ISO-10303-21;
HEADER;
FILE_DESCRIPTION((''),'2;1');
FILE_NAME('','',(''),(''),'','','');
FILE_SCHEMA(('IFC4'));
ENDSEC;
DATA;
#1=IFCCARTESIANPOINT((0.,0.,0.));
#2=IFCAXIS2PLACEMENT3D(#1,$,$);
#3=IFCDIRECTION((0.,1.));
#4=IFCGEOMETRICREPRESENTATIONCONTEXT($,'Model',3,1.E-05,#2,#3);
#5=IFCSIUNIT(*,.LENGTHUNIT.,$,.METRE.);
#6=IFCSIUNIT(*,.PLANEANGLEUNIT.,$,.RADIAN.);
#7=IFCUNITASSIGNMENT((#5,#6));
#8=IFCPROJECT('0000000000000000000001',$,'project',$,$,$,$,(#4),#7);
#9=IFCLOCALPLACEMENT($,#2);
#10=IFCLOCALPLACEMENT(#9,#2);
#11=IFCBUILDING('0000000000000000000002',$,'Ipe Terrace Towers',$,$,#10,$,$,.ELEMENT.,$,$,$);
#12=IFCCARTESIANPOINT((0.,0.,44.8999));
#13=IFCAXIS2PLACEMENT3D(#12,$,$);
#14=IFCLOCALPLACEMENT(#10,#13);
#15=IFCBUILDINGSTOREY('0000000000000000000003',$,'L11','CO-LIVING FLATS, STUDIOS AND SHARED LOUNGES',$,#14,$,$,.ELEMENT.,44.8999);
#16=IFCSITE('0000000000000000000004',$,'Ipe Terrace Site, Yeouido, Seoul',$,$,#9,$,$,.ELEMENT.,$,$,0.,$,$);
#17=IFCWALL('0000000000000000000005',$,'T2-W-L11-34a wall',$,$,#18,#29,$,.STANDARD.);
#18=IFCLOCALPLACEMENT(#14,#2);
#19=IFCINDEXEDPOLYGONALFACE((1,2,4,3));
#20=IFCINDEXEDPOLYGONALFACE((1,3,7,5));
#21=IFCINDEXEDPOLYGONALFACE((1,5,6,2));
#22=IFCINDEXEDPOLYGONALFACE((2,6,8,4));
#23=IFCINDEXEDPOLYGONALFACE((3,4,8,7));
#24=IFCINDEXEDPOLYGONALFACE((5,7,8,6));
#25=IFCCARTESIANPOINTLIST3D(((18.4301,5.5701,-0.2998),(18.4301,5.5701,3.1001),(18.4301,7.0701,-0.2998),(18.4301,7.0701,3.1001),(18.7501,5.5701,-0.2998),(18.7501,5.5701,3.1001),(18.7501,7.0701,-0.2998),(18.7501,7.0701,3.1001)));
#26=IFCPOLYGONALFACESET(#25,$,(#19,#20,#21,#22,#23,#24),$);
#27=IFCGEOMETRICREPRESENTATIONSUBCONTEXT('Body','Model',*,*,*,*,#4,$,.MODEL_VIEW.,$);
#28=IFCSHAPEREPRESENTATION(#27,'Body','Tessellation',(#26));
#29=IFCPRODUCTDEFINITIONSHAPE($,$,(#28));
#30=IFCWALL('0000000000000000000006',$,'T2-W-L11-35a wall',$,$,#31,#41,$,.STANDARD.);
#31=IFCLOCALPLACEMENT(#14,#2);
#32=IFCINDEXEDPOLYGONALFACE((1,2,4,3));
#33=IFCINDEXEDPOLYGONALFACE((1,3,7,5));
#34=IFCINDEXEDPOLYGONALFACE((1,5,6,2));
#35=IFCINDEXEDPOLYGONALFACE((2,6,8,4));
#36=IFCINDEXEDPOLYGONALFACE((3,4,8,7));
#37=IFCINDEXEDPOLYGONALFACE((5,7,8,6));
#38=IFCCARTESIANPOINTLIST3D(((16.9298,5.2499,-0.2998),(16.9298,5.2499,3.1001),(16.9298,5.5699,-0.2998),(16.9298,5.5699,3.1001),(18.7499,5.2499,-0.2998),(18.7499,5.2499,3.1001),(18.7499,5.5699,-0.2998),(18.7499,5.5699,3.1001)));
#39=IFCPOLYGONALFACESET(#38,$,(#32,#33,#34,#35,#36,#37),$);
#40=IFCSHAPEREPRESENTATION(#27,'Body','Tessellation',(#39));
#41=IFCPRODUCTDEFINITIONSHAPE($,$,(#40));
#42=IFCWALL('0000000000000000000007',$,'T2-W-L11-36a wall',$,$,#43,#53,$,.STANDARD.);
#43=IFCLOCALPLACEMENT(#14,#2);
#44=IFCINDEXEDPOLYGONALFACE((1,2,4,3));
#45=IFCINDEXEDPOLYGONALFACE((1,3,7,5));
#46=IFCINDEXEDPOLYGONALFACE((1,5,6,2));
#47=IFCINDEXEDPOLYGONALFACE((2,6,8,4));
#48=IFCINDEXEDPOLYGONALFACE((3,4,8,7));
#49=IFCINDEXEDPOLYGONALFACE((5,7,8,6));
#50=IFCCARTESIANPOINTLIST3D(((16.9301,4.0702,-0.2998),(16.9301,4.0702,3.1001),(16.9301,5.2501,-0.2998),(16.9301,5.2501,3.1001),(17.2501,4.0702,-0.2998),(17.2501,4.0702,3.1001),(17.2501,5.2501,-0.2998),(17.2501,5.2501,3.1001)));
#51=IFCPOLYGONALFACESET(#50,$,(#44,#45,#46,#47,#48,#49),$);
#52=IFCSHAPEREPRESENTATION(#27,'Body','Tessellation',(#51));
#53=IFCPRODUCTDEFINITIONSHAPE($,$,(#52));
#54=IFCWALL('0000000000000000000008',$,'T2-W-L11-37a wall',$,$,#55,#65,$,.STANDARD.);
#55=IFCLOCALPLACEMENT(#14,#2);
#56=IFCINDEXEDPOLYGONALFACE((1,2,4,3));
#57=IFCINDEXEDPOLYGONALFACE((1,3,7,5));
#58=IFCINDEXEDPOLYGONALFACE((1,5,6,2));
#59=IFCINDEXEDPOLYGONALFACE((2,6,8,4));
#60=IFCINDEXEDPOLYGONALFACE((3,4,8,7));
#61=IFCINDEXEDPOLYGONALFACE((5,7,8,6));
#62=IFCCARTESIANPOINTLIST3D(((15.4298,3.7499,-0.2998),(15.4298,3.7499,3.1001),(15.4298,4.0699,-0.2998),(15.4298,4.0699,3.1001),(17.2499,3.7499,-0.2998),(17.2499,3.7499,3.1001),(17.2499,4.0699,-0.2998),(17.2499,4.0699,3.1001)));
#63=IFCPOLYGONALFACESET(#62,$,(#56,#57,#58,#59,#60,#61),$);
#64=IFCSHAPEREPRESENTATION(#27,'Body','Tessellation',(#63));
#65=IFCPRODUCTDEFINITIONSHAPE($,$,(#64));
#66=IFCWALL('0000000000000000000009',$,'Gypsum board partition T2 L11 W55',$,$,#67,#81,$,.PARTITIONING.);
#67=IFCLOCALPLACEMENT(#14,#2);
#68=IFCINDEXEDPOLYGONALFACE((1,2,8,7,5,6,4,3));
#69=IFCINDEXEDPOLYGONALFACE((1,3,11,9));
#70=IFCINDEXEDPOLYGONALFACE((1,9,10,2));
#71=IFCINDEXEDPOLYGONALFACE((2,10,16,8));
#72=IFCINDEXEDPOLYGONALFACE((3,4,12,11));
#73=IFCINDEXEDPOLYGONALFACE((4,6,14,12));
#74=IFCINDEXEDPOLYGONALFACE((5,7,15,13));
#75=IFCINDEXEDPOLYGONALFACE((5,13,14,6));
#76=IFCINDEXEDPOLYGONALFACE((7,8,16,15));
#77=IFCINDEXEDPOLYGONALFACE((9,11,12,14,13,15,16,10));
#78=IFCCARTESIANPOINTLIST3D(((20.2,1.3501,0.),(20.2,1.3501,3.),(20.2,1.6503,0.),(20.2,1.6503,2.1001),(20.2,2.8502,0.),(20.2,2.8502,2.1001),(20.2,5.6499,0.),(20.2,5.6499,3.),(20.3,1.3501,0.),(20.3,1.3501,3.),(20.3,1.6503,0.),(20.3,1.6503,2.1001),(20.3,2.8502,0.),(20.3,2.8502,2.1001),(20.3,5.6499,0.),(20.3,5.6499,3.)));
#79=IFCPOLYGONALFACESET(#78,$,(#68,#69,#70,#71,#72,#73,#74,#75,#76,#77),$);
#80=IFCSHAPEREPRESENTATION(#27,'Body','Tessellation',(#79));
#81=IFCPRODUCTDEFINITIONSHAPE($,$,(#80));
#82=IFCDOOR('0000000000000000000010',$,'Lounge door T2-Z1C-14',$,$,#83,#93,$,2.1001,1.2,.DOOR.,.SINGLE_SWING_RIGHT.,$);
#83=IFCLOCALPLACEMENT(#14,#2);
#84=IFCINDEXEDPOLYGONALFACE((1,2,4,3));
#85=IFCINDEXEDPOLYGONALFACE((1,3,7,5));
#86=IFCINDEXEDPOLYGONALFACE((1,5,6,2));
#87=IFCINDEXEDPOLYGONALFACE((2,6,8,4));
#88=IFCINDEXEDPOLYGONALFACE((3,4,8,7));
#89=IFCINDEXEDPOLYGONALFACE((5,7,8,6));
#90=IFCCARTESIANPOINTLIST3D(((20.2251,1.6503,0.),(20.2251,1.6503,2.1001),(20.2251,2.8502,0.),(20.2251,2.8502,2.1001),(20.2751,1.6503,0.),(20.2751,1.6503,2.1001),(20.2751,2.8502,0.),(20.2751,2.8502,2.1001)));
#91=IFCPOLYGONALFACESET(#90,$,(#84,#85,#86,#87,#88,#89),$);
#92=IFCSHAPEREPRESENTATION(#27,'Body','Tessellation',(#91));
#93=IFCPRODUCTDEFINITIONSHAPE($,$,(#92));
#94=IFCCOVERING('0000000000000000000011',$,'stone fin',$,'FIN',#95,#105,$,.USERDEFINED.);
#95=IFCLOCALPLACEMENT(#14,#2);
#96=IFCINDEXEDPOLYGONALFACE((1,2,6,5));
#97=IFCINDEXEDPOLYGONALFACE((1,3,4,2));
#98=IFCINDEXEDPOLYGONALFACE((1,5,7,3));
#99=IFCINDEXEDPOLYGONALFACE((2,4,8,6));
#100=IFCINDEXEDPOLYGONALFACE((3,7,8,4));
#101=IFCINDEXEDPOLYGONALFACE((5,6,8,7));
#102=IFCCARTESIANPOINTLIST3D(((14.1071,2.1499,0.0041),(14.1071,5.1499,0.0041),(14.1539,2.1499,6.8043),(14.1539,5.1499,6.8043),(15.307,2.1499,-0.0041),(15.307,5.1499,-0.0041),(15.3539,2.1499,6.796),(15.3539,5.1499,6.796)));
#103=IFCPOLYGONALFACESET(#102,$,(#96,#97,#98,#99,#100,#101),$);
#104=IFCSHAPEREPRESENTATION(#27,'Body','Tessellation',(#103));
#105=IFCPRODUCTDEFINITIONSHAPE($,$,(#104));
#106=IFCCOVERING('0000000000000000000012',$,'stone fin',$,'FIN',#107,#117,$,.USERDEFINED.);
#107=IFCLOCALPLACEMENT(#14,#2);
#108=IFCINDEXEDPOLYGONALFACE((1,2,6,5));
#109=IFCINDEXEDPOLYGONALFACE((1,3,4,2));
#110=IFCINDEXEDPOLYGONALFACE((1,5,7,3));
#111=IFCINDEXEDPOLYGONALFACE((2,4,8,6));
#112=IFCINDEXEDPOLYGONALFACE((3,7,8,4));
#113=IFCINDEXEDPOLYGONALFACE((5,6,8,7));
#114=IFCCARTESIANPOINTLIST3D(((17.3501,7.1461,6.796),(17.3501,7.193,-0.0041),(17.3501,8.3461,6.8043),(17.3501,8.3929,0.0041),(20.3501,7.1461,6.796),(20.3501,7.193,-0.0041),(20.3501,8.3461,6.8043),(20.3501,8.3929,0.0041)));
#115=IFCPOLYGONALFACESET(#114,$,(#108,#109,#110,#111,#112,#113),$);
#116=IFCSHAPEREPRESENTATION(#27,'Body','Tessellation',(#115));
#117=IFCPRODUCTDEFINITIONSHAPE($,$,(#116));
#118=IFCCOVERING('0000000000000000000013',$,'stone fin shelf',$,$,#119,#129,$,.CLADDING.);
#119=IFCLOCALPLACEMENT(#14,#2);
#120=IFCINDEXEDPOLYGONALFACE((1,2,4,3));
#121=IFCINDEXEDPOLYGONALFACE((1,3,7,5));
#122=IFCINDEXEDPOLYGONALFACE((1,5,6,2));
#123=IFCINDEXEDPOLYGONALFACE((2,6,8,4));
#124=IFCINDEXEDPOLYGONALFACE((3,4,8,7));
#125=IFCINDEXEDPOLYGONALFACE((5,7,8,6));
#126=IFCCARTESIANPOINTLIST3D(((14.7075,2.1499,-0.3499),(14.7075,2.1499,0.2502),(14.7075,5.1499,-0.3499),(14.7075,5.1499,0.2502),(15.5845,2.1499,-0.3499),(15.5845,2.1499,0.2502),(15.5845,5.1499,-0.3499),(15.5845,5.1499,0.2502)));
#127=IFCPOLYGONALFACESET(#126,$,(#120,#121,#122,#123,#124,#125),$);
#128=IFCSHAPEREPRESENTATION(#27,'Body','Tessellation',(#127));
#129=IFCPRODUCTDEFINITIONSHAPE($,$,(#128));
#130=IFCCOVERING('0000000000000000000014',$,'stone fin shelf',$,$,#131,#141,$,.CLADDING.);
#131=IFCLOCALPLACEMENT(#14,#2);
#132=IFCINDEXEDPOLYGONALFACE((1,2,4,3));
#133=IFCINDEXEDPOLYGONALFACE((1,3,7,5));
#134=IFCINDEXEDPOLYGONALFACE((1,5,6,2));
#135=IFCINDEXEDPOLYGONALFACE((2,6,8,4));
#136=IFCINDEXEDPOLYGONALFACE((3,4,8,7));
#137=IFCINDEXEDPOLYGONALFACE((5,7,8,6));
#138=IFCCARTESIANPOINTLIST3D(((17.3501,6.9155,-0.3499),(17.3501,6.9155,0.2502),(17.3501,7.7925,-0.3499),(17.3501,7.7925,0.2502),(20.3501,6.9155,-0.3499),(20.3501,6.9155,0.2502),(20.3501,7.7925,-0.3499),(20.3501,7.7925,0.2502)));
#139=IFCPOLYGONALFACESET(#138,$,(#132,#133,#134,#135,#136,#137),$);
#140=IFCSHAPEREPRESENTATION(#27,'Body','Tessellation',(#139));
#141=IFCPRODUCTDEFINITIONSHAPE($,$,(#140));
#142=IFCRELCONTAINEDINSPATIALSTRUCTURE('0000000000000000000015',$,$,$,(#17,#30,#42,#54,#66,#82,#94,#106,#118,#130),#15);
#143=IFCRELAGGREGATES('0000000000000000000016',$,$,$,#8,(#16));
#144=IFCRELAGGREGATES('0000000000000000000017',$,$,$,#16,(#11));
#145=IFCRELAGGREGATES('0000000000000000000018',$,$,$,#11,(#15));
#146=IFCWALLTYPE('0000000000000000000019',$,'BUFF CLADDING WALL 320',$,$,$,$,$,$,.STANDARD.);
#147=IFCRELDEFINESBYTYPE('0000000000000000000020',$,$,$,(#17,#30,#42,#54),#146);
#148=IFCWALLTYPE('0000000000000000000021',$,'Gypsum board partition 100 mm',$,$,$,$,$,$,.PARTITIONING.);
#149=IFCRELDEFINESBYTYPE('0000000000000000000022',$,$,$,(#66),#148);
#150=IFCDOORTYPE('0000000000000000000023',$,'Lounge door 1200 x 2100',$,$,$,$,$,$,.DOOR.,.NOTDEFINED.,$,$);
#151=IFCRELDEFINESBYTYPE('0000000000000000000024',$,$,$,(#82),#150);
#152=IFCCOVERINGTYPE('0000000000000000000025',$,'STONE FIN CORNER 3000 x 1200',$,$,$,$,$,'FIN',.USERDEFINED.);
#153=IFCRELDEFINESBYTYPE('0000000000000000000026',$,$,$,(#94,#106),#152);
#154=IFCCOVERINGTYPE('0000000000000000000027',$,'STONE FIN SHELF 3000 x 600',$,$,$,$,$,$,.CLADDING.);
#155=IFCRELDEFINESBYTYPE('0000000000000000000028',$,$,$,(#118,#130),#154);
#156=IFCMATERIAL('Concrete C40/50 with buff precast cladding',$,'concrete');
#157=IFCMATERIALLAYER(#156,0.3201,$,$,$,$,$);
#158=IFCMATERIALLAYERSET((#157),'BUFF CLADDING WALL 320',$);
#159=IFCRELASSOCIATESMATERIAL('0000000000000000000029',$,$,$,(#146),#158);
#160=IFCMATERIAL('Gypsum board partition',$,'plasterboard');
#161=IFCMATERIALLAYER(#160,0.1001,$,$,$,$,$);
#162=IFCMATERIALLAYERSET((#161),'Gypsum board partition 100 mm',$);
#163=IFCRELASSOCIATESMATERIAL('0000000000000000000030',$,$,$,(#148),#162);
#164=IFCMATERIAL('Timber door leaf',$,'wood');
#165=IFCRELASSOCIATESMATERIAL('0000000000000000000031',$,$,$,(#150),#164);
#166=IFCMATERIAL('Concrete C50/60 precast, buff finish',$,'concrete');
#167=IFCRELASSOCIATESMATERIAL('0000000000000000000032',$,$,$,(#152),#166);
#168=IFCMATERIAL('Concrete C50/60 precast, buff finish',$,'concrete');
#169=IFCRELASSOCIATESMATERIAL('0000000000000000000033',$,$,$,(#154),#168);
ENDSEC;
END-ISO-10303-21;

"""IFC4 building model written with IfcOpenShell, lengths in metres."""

from ifc_helpers import new_model, si_unit, direction, frame, frame_2d, origin, origin_2d, place, context, subcontext, project, spatial, rectangle, extrude, material, layer, layer_set, material_profile, profile_set, type_object, element, fill, save


model = new_model("IFC4")

# Units and contexts
model_context = context("Model", 3, precision=1e-05, world=origin(), true_north=direction((0.0, 1.0)))
body_context = subcontext(model_context, "Body", "Model", "MODEL_VIEW")
ifc_project = project(units=[si_unit("LENGTHUNIT", "METRE"), si_unit("PLANEANGLEUNIT", "RADIAN")], contexts=[model_context])

# Site, building, storey
site_placement = place(None, origin())
site = spatial("IfcSite", under=ifc_project, at=site_placement, Name="Ipe Terrace Site, Yeouido, Seoul", CompositionType="ELEMENT", RefElevation=0.0)
building_placement = place(site_placement, origin())
building = spatial("IfcBuilding", under=site, at=building_placement, Name="Ipe Terrace Towers", CompositionType="ELEMENT")
storey_placement = place(building_placement, frame((0.0, 0.0, 44.8999)))
storey = spatial("IfcBuildingStorey", under=building, at=storey_placement, Name="L11", Description="CO-LIVING FLATS, STUDIOS AND SHARED LOUNGES", CompositionType="ELEMENT", Elevation=44.8999)

# Walls
ifc_material_1 = material(Name="Concrete C40/50 with buff precast cladding", Category="concrete")
ifc_layer_1 = layer(ifc_material_1, 0.3201)
ifc_layer_set_1 = layer_set([ifc_layer_1], Name="BUFF CLADDING WALL 320")
wall_type_1 = type_object("IfcWallType", Name="BUFF CLADDING WALL 320", PredefinedType="STANDARD", material=ifc_layer_set_1)
wall_1_placement = place(storey_placement, frame((18.5901, 7.0701, -0.2998), z_axis=(0.0, 0.0, 1.0), x_axis=(0.0, -1.0, 0.0)))
element("IfcWall", 1, at=wall_1_placement, inside=storey, type_object=wall_type_1, Name="T2-W-L11-34a wall", PredefinedType="STANDARD", context=body_context, shape_type="SweptSolid", body=[
    extrude(rectangle(XDim=1.5, YDim=0.3201, at=frame_2d((0.75, 0.0))), origin(), (0.0, 0.0, 1.0), 3.3999),
])
wall_2_placement = place(storey_placement, frame((18.75, 5.4099, -0.2998), z_axis=(0.0, 0.0, 1.0), x_axis=(-1.0, 0.0, 0.0)))
element("IfcWall", 2, at=wall_2_placement, inside=storey, type_object=wall_type_1, Name="T2-W-L11-35a wall", PredefinedType="STANDARD", context=body_context, shape_type="SweptSolid", body=[
    extrude(rectangle(XDim=1.8201, YDim=0.3201, at=frame_2d((0.9102, 0.0))), origin(), (0.0, 0.0, 1.0), 3.3999),
])
wall_3_placement = place(storey_placement, frame((17.0901, 5.25, -0.2998), z_axis=(0.0, 0.0, 1.0), x_axis=(0.0, -1.0, 0.0)))
element("IfcWall", 3, at=wall_3_placement, inside=storey, type_object=wall_type_1, Name="T2-W-L11-36a wall", PredefinedType="STANDARD", context=body_context, shape_type="SweptSolid", body=[
    extrude(rectangle(XDim=1.1799, YDim=0.3201, at=frame_2d((0.5898, 0.0))), origin(), (0.0, 0.0, 1.0), 3.3999),
])
wall_4_placement = place(storey_placement, frame((17.25, 3.9099, -0.2998), z_axis=(0.0, 0.0, 1.0), x_axis=(-1.0, 0.0, 0.0)))
element("IfcWall", 4, at=wall_4_placement, inside=storey, type_object=wall_type_1, Name="T2-W-L11-37a wall", PredefinedType="STANDARD", context=body_context, shape_type="SweptSolid", body=[
    extrude(rectangle(XDim=1.8201, YDim=0.3201, at=frame_2d((0.9102, 0.0))), origin(), (0.0, 0.0, 1.0), 3.3999),
])

# Wall, opening, door
ifc_material_2 = material(Name="Gypsum board partition", Category="plasterboard")
ifc_layer_2 = layer(ifc_material_2, 0.1001)
ifc_layer_set_2 = layer_set([ifc_layer_2], Name="Gypsum board partition 100 mm")
wall_type_2 = type_object("IfcWallType", Name="Gypsum board partition 100 mm", PredefinedType="PARTITIONING", material=ifc_layer_set_2)
wall_5_placement = place(storey_placement, frame((20.25, 1.3501, 0.0), z_axis=(0.0, 0.0, 1.0), x_axis=(0.0, 1.0, 0.0)))
wall_5 = element("IfcWall", 5, at=wall_5_placement, inside=storey, type_object=wall_type_2, Name="Gypsum board partition T2 L11 W55", PredefinedType="PARTITIONING", context=body_context, shape_type="SweptSolid", body=[
    extrude(rectangle(XDim=4.2998, YDim=0.1001, at=frame_2d((2.1499, 0.0))), origin(), (0.0, 0.0, 1.0), 3.0),
])
opening_placement = place(wall_5_placement, frame((0.3, 0.0, 0.0)))
opening = element("IfcOpeningElement", 6, at=opening_placement, cuts=wall_5, PredefinedType="OPENING", context=body_context, shape_type="SweptSolid", body=[
    extrude(rectangle(XDim=1.2, YDim=2.1001, at=frame_2d((0.6001, 1.05))), frame((0.0, 0.0601, 0.0), z_axis=(0.0, -1.0, 0.0), x_axis=(1.0, 0.0, 0.0)), (0.0, 0.0, 1.0), 0.1201),
])
ifc_material_3 = material(Name="Timber door leaf", Category="wood")
door_type = type_object("IfcDoorType", Name="Lounge door 1200 x 2100", OperationType="NOTDEFINED", PredefinedType="DOOR", material=ifc_material_3)
door_placement = place(opening_placement, origin())
door = element("IfcDoor", 7, at=door_placement, inside=storey, type_object=door_type, Name="Lounge door T2-Z1C-14", OperationType="SINGLE_SWING_RIGHT", OverallHeight=2.1001, OverallWidth=1.2, PredefinedType="DOOR", context=body_context, shape_type="SweptSolid", body=[
    extrude(rectangle(XDim=1.2, YDim=2.1001, at=frame_2d((0.6001, 1.05))), frame((0.0, 0.0249, 0.0), z_axis=(0.0, -1.0, 0.0), x_axis=(1.0, 0.0, 0.0)), (0.0, 0.0, 1.0), 0.05),
])
fill(opening, door)

# Coverings
ifc_material_4 = material(Name="Concrete C50/60 precast, buff finish", Category="concrete")
ifc_material_profile_1 = material_profile(ifc_material_4, rectangle(XDim=3.0, YDim=1.2, at=origin_2d()), Name="STONE FIN CORNER 3000 x 1200")
ifc_profile_set_1 = profile_set([ifc_material_profile_1], Name="Concrete C50/60 precast, buff finish")
covering_type_1 = type_object("IfcCoveringType", Name="STONE FIN CORNER 3000 x 1200", ElementType="FIN", PredefinedType="USERDEFINED", material=ifc_profile_set_1)
for number, where, z_axis, x_axis, name in (
    (8, (14.707, 3.6499, 0.0), (0.006893, 0.0, 0.999976), (0.0, -1.0, 0.0), "stone fin"),
    (9, (18.8501, 7.793, 0.0), (0.0, -0.006893, 0.999976), (-1.0, 0.0, 0.0), "stone fin"),
):
    element("IfcCovering", number, at=place(storey_placement, frame(where, z_axis=z_axis, x_axis=x_axis)), inside=storey, type_object=covering_type_1, Name=name, ObjectType="FIN", PredefinedType="USERDEFINED", context=body_context, shape_type="SweptSolid", body=[
        extrude(rectangle(XDim=3.0, YDim=1.2, at=origin_2d()), origin(), (0.0, 0.0, 1.0), 6.8003),
    ])
ifc_material_5 = material(Name="Concrete C50/60 precast, buff finish", Category="concrete")
covering_type_2 = type_object("IfcCoveringType", Name="STONE FIN SHELF 3000 x 600", PredefinedType="CLADDING", material=ifc_material_5)
for number, where, z_axis, x_axis, name in (
    (10, (15.146, 3.6499, -0.3499), (0.0, 0.0, 1.0), (0.0, -1.0, 0.0), "stone fin shelf"),
    (11, (18.8501, 7.354, -0.3499), (0.0, 0.0, 1.0), (-1.0, 0.0, 0.0), "stone fin shelf"),
):
    element("IfcCovering", number, at=place(storey_placement, frame(where, z_axis=z_axis, x_axis=x_axis)), inside=storey, type_object=covering_type_2, Name=name, PredefinedType="CLADDING", context=body_context, shape_type="SweptSolid", body=[
        extrude(rectangle(XDim=3.0, YDim=0.877, at=origin_2d()), origin(), (0.0, 0.0, 1.0), 0.6001),
    ])

save(model, "model.ifc")
